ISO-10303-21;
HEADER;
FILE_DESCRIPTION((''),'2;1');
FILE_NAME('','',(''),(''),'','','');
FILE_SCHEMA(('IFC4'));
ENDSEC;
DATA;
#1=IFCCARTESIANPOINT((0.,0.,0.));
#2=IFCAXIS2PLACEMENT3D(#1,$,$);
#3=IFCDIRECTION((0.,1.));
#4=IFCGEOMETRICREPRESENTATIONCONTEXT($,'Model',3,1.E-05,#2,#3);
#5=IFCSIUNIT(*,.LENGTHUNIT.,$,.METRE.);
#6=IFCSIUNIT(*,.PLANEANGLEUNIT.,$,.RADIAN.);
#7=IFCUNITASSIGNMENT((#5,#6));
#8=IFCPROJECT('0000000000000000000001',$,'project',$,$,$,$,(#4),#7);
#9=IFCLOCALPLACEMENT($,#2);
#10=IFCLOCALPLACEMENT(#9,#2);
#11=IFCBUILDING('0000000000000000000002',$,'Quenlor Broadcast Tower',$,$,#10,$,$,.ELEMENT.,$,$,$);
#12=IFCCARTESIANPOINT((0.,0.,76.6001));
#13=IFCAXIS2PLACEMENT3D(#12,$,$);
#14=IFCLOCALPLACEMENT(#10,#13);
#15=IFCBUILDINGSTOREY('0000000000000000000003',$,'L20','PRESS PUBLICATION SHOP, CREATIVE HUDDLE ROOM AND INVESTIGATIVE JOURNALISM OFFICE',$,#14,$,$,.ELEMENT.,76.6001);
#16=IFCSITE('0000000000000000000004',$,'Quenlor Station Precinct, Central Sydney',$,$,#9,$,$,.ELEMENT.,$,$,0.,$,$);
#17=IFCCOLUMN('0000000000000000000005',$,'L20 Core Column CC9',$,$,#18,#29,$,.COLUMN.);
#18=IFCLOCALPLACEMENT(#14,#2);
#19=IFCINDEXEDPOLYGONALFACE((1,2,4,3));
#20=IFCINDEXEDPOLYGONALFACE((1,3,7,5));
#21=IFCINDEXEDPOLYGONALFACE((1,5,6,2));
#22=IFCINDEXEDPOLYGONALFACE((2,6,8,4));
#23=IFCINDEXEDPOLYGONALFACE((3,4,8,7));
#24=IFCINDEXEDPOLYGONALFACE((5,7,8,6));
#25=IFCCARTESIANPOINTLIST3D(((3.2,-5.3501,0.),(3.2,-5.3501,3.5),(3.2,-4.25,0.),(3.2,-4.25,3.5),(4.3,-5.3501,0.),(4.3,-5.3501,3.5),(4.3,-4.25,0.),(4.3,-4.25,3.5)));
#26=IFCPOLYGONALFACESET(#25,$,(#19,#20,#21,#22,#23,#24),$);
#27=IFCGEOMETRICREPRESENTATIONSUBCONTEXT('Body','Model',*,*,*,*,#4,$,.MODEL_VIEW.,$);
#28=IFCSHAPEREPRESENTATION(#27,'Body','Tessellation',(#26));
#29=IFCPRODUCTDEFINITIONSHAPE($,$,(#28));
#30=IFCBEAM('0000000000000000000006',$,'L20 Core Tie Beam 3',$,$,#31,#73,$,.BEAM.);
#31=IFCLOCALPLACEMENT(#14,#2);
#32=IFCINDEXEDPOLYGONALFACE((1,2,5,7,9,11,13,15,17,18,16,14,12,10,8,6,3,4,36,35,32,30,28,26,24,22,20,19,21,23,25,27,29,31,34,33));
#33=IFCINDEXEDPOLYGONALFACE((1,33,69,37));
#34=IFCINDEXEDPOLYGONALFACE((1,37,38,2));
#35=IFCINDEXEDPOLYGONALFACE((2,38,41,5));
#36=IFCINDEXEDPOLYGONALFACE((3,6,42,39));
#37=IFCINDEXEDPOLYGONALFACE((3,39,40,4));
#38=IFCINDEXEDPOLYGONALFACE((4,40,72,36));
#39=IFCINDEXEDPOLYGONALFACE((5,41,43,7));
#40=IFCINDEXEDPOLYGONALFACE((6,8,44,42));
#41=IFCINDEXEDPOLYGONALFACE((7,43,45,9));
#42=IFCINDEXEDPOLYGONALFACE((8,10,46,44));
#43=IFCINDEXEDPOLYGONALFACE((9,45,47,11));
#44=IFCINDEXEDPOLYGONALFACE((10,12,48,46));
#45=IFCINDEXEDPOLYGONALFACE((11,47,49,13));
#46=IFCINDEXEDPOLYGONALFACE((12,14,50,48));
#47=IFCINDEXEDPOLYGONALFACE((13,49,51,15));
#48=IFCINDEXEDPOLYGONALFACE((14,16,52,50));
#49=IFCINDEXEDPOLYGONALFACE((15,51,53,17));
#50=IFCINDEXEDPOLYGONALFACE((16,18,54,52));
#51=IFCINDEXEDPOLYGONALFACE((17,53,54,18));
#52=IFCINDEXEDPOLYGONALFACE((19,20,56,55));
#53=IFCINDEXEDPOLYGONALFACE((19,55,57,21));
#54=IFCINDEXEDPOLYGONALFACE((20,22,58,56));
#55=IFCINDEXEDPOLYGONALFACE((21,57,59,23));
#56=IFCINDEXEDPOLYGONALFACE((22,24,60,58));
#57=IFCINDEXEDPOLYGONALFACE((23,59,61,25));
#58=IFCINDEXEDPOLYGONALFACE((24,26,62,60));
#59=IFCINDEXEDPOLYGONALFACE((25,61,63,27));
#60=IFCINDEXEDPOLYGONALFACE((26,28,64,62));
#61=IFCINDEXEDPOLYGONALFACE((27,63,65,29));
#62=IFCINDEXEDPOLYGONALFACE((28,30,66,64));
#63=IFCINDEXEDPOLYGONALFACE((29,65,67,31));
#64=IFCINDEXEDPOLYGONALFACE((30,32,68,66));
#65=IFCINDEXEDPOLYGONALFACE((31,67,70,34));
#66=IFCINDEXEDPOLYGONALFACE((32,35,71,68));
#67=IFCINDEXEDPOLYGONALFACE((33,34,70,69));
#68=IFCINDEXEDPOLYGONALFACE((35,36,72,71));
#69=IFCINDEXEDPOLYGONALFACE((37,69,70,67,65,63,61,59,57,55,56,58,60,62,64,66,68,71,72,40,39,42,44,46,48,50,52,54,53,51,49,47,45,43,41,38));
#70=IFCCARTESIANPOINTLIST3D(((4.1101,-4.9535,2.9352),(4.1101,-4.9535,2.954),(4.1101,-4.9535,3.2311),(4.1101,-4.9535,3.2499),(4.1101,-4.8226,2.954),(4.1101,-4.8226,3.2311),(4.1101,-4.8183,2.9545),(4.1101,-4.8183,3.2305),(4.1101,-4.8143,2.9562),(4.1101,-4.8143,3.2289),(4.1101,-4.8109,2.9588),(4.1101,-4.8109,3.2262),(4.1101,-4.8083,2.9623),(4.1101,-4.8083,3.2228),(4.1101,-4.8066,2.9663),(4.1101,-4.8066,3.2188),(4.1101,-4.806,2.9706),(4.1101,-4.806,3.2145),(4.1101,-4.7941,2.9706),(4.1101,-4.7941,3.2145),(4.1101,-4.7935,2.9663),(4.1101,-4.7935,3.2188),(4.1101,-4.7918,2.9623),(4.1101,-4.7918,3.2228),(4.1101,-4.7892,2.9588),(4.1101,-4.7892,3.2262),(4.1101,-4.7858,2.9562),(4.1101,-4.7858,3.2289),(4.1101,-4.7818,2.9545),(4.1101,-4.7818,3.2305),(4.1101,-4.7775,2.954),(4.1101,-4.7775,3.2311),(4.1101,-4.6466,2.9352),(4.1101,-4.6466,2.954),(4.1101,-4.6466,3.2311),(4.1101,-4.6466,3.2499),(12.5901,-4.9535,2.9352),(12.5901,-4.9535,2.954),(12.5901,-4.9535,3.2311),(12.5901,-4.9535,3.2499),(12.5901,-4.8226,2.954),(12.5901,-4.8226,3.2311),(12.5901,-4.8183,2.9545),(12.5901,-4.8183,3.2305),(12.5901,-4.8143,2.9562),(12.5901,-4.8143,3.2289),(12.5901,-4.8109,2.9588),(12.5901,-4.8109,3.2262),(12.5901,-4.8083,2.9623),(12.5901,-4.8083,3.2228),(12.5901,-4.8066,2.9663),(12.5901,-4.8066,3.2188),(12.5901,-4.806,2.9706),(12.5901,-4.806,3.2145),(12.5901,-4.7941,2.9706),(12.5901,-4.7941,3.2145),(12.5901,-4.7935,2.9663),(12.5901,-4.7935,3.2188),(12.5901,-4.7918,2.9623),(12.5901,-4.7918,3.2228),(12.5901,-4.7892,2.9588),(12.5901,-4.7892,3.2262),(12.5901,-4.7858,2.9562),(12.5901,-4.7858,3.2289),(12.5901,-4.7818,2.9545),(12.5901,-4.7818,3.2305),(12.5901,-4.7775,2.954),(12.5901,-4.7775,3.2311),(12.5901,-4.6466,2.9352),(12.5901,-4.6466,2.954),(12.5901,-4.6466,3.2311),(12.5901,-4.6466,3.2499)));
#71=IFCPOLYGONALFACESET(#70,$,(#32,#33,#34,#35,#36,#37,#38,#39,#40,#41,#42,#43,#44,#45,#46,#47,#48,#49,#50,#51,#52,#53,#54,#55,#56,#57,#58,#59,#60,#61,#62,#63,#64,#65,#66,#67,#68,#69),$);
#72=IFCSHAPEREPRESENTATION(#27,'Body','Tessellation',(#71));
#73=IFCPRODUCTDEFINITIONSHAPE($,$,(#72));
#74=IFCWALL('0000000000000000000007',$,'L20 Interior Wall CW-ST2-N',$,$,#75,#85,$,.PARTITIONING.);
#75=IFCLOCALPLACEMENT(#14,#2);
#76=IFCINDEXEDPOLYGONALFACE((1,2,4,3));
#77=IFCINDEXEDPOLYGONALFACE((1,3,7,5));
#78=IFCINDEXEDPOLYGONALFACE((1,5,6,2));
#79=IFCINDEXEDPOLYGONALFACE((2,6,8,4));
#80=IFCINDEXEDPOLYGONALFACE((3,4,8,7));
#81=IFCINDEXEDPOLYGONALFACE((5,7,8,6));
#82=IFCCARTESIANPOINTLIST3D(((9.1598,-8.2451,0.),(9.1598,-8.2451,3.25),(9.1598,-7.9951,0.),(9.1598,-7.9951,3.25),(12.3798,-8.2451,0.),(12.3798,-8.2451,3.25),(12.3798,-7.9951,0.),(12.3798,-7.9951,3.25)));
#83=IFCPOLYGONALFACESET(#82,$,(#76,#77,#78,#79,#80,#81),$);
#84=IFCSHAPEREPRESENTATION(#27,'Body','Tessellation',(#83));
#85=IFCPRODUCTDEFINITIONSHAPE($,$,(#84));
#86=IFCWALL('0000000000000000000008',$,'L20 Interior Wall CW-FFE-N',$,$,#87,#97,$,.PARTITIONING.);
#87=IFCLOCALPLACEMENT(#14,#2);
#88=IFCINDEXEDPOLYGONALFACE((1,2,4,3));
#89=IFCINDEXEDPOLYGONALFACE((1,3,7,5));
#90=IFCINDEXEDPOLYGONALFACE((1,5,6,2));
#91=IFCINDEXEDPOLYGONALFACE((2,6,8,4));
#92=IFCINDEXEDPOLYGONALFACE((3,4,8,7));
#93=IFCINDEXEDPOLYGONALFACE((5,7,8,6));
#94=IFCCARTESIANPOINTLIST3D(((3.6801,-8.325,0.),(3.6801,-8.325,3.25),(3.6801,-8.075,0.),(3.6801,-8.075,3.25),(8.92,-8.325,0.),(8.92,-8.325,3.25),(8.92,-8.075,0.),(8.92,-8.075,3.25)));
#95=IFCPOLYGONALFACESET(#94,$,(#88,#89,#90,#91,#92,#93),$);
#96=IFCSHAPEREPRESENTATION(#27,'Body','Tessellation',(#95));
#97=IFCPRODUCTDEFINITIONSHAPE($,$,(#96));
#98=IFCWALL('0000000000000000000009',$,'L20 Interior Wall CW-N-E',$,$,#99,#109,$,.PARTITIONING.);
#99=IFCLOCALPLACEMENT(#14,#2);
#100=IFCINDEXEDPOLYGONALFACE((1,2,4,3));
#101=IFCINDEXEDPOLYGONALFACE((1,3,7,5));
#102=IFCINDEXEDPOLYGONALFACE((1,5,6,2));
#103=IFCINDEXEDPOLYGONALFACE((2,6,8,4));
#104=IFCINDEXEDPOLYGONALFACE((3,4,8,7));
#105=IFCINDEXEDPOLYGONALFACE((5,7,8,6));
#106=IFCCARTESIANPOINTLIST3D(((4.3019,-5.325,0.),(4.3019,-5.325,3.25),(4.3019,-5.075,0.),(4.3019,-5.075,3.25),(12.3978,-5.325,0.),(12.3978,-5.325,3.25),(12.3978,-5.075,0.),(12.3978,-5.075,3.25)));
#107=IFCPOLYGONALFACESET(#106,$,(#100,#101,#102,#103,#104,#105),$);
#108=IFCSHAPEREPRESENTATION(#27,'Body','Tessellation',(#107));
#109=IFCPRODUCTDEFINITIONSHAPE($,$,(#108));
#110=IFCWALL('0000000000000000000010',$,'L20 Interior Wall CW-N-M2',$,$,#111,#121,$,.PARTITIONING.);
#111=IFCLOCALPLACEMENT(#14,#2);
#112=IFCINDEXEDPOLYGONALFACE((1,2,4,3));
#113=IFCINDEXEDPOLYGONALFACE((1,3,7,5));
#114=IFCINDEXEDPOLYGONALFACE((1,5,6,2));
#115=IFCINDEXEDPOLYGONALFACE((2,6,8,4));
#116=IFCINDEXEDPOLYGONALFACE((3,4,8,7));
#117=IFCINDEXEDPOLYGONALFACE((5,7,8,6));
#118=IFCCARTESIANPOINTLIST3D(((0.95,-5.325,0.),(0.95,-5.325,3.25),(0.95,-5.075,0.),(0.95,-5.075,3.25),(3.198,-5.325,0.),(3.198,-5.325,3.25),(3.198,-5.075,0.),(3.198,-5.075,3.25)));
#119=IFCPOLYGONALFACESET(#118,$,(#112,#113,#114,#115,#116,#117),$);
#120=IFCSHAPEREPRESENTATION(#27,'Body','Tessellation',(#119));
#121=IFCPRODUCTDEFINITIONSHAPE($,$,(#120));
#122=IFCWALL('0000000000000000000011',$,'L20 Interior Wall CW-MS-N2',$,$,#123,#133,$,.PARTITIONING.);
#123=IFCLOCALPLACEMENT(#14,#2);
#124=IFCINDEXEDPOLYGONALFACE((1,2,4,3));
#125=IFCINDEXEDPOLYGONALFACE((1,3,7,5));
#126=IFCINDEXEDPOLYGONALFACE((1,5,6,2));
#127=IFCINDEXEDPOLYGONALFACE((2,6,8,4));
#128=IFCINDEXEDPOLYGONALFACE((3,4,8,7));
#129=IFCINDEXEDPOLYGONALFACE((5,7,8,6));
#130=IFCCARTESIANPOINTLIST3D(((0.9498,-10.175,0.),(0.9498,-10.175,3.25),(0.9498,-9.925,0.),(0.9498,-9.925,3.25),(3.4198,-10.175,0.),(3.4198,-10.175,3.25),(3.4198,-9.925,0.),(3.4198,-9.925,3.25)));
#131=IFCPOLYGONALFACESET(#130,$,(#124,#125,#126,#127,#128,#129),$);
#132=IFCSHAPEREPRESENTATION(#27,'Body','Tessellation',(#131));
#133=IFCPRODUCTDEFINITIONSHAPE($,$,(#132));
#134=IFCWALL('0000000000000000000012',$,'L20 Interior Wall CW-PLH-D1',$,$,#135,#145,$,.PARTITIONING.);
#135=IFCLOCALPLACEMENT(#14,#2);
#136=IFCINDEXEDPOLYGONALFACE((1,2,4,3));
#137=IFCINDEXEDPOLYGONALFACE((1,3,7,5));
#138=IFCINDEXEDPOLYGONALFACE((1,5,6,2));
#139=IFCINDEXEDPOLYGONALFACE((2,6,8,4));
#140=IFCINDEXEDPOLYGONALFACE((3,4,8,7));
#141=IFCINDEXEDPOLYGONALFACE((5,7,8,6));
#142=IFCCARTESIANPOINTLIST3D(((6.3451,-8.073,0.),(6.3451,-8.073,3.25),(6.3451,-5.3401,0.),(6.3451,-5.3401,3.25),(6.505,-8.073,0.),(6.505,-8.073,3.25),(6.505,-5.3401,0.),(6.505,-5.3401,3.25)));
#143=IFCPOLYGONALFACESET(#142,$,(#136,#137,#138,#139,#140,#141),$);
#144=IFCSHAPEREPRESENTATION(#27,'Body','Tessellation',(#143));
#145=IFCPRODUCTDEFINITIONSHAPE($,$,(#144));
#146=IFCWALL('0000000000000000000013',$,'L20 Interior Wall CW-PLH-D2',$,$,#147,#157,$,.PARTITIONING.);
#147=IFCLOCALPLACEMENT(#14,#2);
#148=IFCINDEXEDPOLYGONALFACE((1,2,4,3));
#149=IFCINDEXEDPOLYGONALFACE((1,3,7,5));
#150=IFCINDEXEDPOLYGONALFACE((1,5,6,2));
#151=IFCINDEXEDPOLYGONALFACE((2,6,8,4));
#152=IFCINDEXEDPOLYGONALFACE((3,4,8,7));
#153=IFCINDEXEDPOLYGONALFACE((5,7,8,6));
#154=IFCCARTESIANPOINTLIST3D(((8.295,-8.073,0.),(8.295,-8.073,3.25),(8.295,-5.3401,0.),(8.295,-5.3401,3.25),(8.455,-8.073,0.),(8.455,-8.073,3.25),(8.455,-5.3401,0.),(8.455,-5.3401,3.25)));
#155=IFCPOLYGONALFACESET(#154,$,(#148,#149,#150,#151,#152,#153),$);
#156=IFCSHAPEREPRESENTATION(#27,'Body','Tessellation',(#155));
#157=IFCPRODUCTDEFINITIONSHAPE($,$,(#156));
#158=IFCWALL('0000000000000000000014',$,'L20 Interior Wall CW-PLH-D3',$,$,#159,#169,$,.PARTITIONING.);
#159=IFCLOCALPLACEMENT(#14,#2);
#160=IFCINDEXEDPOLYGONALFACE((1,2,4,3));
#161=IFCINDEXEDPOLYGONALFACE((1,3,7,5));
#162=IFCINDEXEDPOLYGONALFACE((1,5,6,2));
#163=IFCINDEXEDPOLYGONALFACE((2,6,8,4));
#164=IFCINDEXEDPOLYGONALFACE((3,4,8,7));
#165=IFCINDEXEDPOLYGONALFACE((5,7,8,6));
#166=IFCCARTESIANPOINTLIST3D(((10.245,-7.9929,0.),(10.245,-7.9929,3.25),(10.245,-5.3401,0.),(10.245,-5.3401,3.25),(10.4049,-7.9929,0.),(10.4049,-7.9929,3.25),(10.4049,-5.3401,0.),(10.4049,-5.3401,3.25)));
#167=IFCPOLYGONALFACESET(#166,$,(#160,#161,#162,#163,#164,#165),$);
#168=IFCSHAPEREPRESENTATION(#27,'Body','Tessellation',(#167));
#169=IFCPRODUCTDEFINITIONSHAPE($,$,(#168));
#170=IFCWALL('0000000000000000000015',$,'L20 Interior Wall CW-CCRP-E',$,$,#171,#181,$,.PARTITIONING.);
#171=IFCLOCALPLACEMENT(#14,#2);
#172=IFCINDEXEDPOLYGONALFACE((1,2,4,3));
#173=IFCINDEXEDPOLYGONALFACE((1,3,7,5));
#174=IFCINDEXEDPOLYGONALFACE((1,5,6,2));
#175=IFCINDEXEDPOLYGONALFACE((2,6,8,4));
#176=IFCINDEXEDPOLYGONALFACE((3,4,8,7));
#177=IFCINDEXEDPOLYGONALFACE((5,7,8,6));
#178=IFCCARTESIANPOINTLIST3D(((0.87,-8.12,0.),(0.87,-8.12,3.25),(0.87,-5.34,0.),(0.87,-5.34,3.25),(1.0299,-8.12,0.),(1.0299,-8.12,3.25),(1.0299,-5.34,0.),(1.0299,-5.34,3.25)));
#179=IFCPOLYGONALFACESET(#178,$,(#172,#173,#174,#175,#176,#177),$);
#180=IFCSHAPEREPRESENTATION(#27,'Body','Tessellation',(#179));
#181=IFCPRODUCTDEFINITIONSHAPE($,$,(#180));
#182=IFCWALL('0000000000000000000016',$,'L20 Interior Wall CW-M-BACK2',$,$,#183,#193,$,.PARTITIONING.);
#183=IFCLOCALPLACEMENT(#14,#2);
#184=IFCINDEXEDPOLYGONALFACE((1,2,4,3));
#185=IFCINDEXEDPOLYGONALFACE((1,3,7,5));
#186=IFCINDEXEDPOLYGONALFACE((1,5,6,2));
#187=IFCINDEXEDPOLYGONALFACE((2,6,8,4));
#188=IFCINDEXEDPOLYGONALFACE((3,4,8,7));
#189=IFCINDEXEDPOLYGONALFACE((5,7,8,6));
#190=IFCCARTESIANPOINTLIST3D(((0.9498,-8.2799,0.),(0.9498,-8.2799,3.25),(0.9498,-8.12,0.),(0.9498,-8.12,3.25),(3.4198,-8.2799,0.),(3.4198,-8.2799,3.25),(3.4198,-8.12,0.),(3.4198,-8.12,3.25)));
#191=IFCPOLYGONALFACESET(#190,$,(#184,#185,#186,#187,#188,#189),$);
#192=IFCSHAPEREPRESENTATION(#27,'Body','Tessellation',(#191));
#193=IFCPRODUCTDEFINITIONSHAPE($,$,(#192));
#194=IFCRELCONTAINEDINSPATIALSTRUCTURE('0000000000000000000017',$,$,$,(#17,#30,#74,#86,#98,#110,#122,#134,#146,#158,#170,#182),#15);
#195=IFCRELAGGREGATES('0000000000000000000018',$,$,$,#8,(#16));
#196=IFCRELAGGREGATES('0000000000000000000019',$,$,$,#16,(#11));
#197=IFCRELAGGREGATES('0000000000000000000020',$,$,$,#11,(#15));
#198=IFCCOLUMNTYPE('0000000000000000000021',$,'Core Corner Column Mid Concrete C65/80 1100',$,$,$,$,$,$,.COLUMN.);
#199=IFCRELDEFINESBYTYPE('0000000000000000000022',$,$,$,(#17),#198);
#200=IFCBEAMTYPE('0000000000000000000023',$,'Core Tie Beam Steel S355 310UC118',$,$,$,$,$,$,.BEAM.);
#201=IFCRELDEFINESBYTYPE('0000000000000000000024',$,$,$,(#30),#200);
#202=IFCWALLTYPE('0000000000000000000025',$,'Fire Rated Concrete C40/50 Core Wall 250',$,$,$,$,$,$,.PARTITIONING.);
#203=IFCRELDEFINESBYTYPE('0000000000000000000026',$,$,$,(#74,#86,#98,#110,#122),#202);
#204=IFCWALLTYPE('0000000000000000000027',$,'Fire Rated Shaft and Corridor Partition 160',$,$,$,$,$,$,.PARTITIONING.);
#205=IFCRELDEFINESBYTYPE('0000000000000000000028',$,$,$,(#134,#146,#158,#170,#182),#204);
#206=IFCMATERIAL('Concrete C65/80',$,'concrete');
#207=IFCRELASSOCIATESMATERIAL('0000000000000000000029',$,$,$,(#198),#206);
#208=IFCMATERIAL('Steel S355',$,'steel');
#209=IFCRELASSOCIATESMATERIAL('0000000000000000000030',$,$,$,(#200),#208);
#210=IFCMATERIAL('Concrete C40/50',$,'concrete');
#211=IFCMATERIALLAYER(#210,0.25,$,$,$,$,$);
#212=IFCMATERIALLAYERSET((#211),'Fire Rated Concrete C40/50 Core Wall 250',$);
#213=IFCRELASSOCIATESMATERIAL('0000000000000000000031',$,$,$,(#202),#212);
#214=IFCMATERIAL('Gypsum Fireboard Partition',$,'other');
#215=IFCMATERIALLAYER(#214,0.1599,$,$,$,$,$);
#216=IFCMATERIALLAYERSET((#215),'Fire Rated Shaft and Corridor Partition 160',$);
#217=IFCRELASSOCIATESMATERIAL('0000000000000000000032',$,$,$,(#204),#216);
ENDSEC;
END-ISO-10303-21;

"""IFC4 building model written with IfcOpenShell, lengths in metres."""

from ifc_helpers import new_model, si_unit, direction, frame, frame_2d, origin, origin_2d, place, context, subcontext, project, spatial, rectangle, i_section, extrude, material, layer, layer_set, material_profile, profile_set, type_object, element, save


model = new_model("IFC4")

# Units and contexts
model_context = context("Model", 3, precision=1e-05, world=origin(), true_north=direction((0.0, 1.0)))
body_context = subcontext(model_context, "Body", "Model", "MODEL_VIEW")
ifc_project = project(units=[si_unit("LENGTHUNIT", "METRE"), si_unit("PLANEANGLEUNIT", "RADIAN")], contexts=[model_context])

# Site, building, storey
site_placement = place(None, origin())
site = spatial("IfcSite", under=ifc_project, at=site_placement, Name="Quenlor Station Precinct, Central Sydney", CompositionType="ELEMENT", RefElevation=0.0)
building_placement = place(site_placement, origin())
building = spatial("IfcBuilding", under=site, at=building_placement, Name="Quenlor Broadcast Tower", CompositionType="ELEMENT")
storey_placement = place(building_placement, frame((0.0, 0.0, 76.6001)))
storey = spatial("IfcBuildingStorey", under=building, at=storey_placement, Name="L20", Description="PRESS PUBLICATION SHOP, CREATIVE HUDDLE ROOM AND INVESTIGATIVE JOURNALISM OFFICE", CompositionType="ELEMENT", Elevation=76.6001)

# Column
ifc_material_1 = material(Name="Concrete C65/80", Category="concrete")
ifc_material_profile_1 = material_profile(ifc_material_1, rectangle(XDim=1.1001, YDim=1.1001, at=origin_2d()))
ifc_profile_set_1 = profile_set([ifc_material_profile_1], Name="Concrete C65/80 RC1100x1100")
column_type = type_object("IfcColumnType", Name="Core Corner Column Mid Concrete C65/80 1100", PredefinedType="COLUMN", material=ifc_profile_set_1)
column_placement = place(storey_placement, frame((3.75, -4.8, 0.0), z_axis=(0.0, 0.0, 1.0), x_axis=(1.0, 0.0, 0.0)))
element("IfcColumn", 1, at=column_placement, inside=storey, type_object=column_type, Name="L20 Core Column CC9", PredefinedType="COLUMN", context=body_context, shape_type="SweptSolid", body=[
    extrude(rectangle(XDim=1.1001, YDim=1.1001, at=origin_2d()), origin(), (0.0, 0.0, 1.0), 3.5),
])

# Beam
ifc_material_2 = material(Name="Steel S355", Category="steel")
ifc_material_profile_2 = material_profile(ifc_material_2, i_section(OverallWidth=0.3069, OverallDepth=0.3147, WebThickness=0.012, FlangeThickness=0.0188, FilletRadius=0.0166, at=origin_2d()))
ifc_profile_set_2 = profile_set([ifc_material_profile_2], Name="Steel S355 310UC118")
beam_type = type_object("IfcBeamType", Name="Core Tie Beam Steel S355 310UC118", PredefinedType="BEAM", material=ifc_profile_set_2)
beam_placement = place(storey_placement, frame((4.1101, -4.8, 3.0925), z_axis=(1.0, 0.0, 0.0), x_axis=(0.0, 1.0, 0.0)))
element("IfcBeam", 2, at=beam_placement, inside=storey, type_object=beam_type, Name="L20 Core Tie Beam 3", PredefinedType="BEAM", context=body_context, shape_type="SweptSolid", body=[
    extrude(i_section(OverallWidth=0.3069, OverallDepth=0.3147, WebThickness=0.012, FlangeThickness=0.0188, FilletRadius=0.0166, at=origin_2d()), origin(), (0.0, 0.0, 1.0), 8.48),
])

# Shared definitions
ifc_material_3 = material(Name="Concrete C40/50", Category="concrete")
ifc_layer_1 = layer(ifc_material_3, 0.25)
ifc_layer_set_1 = layer_set([ifc_layer_1], Name="Fire Rated Concrete C40/50 Core Wall 250")
wall_type_1 = type_object("IfcWallType", Name="Fire Rated Concrete C40/50 Core Wall 250", PredefinedType="PARTITIONING", material=ifc_layer_set_1)

# Walls
wall_1_placement = place(storey_placement, frame((9.1599, -8.1201, 0.0), z_axis=(0.0, 0.0, 1.0), x_axis=(1.0, 0.0, 0.0)))
element("IfcWall", 3, at=wall_1_placement, inside=storey, type_object=wall_type_1, Name="L20 Interior Wall CW-ST2-N", PredefinedType="PARTITIONING", context=body_context, shape_type="SweptSolid", body=[
    extrude(rectangle(XDim=3.22, YDim=0.25, at=frame_2d((1.6099, 0.0))), origin(), (0.0, 0.0, 1.0), 3.25),
])
wall_2_placement = place(storey_placement, frame((3.6799, -8.2, 0.0), z_axis=(0.0, 0.0, 1.0), x_axis=(1.0, 0.0, 0.0)))
element("IfcWall", 4, at=wall_2_placement, inside=storey, type_object=wall_type_1, Name="L20 Interior Wall CW-FFE-N", PredefinedType="PARTITIONING", context=body_context, shape_type="SweptSolid", body=[
    extrude(rectangle(XDim=5.24, YDim=0.25, at=frame_2d((2.6201, 0.0))), origin(), (0.0, 0.0, 1.0), 3.25),
])
wall_3_placement = place(storey_placement, frame((4.302, -5.2, 0.0), z_axis=(0.0, 0.0, 1.0), x_axis=(1.0, 0.0, 0.0)))
element("IfcWall", 5, at=wall_3_placement, inside=storey, type_object=wall_type_1, Name="L20 Interior Wall CW-N-E", PredefinedType="PARTITIONING", context=body_context, shape_type="SweptSolid", body=[
    extrude(rectangle(XDim=8.0959, YDim=0.25, at=frame_2d((4.0479, 0.0))), origin(), (0.0, 0.0, 1.0), 3.25),
])
wall_4_placement = place(storey_placement, frame((0.95, -5.2, 0.0), z_axis=(0.0, 0.0, 1.0), x_axis=(1.0, 0.0, 0.0)))
element("IfcWall", 6, at=wall_4_placement, inside=storey, type_object=wall_type_1, Name="L20 Interior Wall CW-N-M2", PredefinedType="PARTITIONING", context=body_context, shape_type="SweptSolid", body=[
    extrude(rectangle(XDim=2.248, YDim=0.25, at=frame_2d((1.124, 0.0))), origin(), (0.0, 0.0, 1.0), 3.25),
])
wall_5_placement = place(storey_placement, frame((0.95, -10.05, 0.0), z_axis=(0.0, 0.0, 1.0), x_axis=(1.0, 0.0, 0.0)))
element("IfcWall", 7, at=wall_5_placement, inside=storey, type_object=wall_type_1, Name="L20 Interior Wall CW-MS-N2", PredefinedType="PARTITIONING", context=body_context, shape_type="SweptSolid", body=[
    extrude(rectangle(XDim=2.47, YDim=0.25, at=frame_2d((1.2349, 0.0))), origin(), (0.0, 0.0, 1.0), 3.25),
])
ifc_material_4 = material(Name="Gypsum Fireboard Partition", Category="other")
ifc_layer_2 = layer(ifc_material_4, 0.1599)
ifc_layer_set_2 = layer_set([ifc_layer_2], Name="Fire Rated Shaft and Corridor Partition 160")
wall_type_2 = type_object("IfcWallType", Name="Fire Rated Shaft and Corridor Partition 160", PredefinedType="PARTITIONING", material=ifc_layer_set_2)
for number, where, z_axis, x_axis, name in (
    (8, (6.425, -8.073, 0.0), (0.0, 0.0, 1.0), (0.0, 1.0, 0.0), "L20 Interior Wall CW-PLH-D1"),
    (9, (8.375, -8.073, 0.0), (0.0, 0.0, 1.0), (0.0, 1.0, 0.0), "L20 Interior Wall CW-PLH-D2"),
):
    element("IfcWall", number, at=place(storey_placement, frame(where, z_axis=z_axis, x_axis=x_axis)), inside=storey, type_object=wall_type_2, Name=name, PredefinedType="PARTITIONING", context=body_context, shape_type="SweptSolid", body=[
        extrude(rectangle(XDim=2.7329, YDim=0.1599, at=frame_2d((1.3665, 0.0))), origin(), (0.0, 0.0, 1.0), 3.25),
    ])
wall_6_placement = place(storey_placement, frame((10.325, -7.9929, 0.0), z_axis=(0.0, 0.0, 1.0), x_axis=(0.0, 1.0, 0.0)))
element("IfcWall", 10, at=wall_6_placement, inside=storey, type_object=wall_type_2, Name="L20 Interior Wall CW-PLH-D3", PredefinedType="PARTITIONING", context=body_context, shape_type="SweptSolid", body=[
    extrude(rectangle(XDim=2.6528, YDim=0.1599, at=frame_2d((1.3264, 0.0))), origin(), (0.0, 0.0, 1.0), 3.25),
])
wall_7_placement = place(storey_placement, frame((0.95, -8.1201, 0.0), z_axis=(0.0, 0.0, 1.0), x_axis=(0.0, 1.0, 0.0)))
element("IfcWall", 11, at=wall_7_placement, inside=storey, type_object=wall_type_2, Name="L20 Interior Wall CW-CCRP-E", PredefinedType="PARTITIONING", context=body_context, shape_type="SweptSolid", body=[
    extrude(rectangle(XDim=2.78, YDim=0.1599, at=frame_2d((1.3901, 0.0))), origin(), (0.0, 0.0, 1.0), 3.25),
])
wall_8_placement = place(storey_placement, frame((0.95, -8.2, 0.0), z_axis=(0.0, 0.0, 1.0), x_axis=(1.0, 0.0, 0.0)))
element("IfcWall", 12, at=wall_8_placement, inside=storey, type_object=wall_type_2, Name="L20 Interior Wall CW-M-BACK2", PredefinedType="PARTITIONING", context=body_context, shape_type="SweptSolid", body=[
    extrude(rectangle(XDim=2.47, YDim=0.1599, at=frame_2d((1.2349, 0.0))), origin(), (0.0, 0.0, 1.0), 3.25),
])

save(model, "model.ifc")
